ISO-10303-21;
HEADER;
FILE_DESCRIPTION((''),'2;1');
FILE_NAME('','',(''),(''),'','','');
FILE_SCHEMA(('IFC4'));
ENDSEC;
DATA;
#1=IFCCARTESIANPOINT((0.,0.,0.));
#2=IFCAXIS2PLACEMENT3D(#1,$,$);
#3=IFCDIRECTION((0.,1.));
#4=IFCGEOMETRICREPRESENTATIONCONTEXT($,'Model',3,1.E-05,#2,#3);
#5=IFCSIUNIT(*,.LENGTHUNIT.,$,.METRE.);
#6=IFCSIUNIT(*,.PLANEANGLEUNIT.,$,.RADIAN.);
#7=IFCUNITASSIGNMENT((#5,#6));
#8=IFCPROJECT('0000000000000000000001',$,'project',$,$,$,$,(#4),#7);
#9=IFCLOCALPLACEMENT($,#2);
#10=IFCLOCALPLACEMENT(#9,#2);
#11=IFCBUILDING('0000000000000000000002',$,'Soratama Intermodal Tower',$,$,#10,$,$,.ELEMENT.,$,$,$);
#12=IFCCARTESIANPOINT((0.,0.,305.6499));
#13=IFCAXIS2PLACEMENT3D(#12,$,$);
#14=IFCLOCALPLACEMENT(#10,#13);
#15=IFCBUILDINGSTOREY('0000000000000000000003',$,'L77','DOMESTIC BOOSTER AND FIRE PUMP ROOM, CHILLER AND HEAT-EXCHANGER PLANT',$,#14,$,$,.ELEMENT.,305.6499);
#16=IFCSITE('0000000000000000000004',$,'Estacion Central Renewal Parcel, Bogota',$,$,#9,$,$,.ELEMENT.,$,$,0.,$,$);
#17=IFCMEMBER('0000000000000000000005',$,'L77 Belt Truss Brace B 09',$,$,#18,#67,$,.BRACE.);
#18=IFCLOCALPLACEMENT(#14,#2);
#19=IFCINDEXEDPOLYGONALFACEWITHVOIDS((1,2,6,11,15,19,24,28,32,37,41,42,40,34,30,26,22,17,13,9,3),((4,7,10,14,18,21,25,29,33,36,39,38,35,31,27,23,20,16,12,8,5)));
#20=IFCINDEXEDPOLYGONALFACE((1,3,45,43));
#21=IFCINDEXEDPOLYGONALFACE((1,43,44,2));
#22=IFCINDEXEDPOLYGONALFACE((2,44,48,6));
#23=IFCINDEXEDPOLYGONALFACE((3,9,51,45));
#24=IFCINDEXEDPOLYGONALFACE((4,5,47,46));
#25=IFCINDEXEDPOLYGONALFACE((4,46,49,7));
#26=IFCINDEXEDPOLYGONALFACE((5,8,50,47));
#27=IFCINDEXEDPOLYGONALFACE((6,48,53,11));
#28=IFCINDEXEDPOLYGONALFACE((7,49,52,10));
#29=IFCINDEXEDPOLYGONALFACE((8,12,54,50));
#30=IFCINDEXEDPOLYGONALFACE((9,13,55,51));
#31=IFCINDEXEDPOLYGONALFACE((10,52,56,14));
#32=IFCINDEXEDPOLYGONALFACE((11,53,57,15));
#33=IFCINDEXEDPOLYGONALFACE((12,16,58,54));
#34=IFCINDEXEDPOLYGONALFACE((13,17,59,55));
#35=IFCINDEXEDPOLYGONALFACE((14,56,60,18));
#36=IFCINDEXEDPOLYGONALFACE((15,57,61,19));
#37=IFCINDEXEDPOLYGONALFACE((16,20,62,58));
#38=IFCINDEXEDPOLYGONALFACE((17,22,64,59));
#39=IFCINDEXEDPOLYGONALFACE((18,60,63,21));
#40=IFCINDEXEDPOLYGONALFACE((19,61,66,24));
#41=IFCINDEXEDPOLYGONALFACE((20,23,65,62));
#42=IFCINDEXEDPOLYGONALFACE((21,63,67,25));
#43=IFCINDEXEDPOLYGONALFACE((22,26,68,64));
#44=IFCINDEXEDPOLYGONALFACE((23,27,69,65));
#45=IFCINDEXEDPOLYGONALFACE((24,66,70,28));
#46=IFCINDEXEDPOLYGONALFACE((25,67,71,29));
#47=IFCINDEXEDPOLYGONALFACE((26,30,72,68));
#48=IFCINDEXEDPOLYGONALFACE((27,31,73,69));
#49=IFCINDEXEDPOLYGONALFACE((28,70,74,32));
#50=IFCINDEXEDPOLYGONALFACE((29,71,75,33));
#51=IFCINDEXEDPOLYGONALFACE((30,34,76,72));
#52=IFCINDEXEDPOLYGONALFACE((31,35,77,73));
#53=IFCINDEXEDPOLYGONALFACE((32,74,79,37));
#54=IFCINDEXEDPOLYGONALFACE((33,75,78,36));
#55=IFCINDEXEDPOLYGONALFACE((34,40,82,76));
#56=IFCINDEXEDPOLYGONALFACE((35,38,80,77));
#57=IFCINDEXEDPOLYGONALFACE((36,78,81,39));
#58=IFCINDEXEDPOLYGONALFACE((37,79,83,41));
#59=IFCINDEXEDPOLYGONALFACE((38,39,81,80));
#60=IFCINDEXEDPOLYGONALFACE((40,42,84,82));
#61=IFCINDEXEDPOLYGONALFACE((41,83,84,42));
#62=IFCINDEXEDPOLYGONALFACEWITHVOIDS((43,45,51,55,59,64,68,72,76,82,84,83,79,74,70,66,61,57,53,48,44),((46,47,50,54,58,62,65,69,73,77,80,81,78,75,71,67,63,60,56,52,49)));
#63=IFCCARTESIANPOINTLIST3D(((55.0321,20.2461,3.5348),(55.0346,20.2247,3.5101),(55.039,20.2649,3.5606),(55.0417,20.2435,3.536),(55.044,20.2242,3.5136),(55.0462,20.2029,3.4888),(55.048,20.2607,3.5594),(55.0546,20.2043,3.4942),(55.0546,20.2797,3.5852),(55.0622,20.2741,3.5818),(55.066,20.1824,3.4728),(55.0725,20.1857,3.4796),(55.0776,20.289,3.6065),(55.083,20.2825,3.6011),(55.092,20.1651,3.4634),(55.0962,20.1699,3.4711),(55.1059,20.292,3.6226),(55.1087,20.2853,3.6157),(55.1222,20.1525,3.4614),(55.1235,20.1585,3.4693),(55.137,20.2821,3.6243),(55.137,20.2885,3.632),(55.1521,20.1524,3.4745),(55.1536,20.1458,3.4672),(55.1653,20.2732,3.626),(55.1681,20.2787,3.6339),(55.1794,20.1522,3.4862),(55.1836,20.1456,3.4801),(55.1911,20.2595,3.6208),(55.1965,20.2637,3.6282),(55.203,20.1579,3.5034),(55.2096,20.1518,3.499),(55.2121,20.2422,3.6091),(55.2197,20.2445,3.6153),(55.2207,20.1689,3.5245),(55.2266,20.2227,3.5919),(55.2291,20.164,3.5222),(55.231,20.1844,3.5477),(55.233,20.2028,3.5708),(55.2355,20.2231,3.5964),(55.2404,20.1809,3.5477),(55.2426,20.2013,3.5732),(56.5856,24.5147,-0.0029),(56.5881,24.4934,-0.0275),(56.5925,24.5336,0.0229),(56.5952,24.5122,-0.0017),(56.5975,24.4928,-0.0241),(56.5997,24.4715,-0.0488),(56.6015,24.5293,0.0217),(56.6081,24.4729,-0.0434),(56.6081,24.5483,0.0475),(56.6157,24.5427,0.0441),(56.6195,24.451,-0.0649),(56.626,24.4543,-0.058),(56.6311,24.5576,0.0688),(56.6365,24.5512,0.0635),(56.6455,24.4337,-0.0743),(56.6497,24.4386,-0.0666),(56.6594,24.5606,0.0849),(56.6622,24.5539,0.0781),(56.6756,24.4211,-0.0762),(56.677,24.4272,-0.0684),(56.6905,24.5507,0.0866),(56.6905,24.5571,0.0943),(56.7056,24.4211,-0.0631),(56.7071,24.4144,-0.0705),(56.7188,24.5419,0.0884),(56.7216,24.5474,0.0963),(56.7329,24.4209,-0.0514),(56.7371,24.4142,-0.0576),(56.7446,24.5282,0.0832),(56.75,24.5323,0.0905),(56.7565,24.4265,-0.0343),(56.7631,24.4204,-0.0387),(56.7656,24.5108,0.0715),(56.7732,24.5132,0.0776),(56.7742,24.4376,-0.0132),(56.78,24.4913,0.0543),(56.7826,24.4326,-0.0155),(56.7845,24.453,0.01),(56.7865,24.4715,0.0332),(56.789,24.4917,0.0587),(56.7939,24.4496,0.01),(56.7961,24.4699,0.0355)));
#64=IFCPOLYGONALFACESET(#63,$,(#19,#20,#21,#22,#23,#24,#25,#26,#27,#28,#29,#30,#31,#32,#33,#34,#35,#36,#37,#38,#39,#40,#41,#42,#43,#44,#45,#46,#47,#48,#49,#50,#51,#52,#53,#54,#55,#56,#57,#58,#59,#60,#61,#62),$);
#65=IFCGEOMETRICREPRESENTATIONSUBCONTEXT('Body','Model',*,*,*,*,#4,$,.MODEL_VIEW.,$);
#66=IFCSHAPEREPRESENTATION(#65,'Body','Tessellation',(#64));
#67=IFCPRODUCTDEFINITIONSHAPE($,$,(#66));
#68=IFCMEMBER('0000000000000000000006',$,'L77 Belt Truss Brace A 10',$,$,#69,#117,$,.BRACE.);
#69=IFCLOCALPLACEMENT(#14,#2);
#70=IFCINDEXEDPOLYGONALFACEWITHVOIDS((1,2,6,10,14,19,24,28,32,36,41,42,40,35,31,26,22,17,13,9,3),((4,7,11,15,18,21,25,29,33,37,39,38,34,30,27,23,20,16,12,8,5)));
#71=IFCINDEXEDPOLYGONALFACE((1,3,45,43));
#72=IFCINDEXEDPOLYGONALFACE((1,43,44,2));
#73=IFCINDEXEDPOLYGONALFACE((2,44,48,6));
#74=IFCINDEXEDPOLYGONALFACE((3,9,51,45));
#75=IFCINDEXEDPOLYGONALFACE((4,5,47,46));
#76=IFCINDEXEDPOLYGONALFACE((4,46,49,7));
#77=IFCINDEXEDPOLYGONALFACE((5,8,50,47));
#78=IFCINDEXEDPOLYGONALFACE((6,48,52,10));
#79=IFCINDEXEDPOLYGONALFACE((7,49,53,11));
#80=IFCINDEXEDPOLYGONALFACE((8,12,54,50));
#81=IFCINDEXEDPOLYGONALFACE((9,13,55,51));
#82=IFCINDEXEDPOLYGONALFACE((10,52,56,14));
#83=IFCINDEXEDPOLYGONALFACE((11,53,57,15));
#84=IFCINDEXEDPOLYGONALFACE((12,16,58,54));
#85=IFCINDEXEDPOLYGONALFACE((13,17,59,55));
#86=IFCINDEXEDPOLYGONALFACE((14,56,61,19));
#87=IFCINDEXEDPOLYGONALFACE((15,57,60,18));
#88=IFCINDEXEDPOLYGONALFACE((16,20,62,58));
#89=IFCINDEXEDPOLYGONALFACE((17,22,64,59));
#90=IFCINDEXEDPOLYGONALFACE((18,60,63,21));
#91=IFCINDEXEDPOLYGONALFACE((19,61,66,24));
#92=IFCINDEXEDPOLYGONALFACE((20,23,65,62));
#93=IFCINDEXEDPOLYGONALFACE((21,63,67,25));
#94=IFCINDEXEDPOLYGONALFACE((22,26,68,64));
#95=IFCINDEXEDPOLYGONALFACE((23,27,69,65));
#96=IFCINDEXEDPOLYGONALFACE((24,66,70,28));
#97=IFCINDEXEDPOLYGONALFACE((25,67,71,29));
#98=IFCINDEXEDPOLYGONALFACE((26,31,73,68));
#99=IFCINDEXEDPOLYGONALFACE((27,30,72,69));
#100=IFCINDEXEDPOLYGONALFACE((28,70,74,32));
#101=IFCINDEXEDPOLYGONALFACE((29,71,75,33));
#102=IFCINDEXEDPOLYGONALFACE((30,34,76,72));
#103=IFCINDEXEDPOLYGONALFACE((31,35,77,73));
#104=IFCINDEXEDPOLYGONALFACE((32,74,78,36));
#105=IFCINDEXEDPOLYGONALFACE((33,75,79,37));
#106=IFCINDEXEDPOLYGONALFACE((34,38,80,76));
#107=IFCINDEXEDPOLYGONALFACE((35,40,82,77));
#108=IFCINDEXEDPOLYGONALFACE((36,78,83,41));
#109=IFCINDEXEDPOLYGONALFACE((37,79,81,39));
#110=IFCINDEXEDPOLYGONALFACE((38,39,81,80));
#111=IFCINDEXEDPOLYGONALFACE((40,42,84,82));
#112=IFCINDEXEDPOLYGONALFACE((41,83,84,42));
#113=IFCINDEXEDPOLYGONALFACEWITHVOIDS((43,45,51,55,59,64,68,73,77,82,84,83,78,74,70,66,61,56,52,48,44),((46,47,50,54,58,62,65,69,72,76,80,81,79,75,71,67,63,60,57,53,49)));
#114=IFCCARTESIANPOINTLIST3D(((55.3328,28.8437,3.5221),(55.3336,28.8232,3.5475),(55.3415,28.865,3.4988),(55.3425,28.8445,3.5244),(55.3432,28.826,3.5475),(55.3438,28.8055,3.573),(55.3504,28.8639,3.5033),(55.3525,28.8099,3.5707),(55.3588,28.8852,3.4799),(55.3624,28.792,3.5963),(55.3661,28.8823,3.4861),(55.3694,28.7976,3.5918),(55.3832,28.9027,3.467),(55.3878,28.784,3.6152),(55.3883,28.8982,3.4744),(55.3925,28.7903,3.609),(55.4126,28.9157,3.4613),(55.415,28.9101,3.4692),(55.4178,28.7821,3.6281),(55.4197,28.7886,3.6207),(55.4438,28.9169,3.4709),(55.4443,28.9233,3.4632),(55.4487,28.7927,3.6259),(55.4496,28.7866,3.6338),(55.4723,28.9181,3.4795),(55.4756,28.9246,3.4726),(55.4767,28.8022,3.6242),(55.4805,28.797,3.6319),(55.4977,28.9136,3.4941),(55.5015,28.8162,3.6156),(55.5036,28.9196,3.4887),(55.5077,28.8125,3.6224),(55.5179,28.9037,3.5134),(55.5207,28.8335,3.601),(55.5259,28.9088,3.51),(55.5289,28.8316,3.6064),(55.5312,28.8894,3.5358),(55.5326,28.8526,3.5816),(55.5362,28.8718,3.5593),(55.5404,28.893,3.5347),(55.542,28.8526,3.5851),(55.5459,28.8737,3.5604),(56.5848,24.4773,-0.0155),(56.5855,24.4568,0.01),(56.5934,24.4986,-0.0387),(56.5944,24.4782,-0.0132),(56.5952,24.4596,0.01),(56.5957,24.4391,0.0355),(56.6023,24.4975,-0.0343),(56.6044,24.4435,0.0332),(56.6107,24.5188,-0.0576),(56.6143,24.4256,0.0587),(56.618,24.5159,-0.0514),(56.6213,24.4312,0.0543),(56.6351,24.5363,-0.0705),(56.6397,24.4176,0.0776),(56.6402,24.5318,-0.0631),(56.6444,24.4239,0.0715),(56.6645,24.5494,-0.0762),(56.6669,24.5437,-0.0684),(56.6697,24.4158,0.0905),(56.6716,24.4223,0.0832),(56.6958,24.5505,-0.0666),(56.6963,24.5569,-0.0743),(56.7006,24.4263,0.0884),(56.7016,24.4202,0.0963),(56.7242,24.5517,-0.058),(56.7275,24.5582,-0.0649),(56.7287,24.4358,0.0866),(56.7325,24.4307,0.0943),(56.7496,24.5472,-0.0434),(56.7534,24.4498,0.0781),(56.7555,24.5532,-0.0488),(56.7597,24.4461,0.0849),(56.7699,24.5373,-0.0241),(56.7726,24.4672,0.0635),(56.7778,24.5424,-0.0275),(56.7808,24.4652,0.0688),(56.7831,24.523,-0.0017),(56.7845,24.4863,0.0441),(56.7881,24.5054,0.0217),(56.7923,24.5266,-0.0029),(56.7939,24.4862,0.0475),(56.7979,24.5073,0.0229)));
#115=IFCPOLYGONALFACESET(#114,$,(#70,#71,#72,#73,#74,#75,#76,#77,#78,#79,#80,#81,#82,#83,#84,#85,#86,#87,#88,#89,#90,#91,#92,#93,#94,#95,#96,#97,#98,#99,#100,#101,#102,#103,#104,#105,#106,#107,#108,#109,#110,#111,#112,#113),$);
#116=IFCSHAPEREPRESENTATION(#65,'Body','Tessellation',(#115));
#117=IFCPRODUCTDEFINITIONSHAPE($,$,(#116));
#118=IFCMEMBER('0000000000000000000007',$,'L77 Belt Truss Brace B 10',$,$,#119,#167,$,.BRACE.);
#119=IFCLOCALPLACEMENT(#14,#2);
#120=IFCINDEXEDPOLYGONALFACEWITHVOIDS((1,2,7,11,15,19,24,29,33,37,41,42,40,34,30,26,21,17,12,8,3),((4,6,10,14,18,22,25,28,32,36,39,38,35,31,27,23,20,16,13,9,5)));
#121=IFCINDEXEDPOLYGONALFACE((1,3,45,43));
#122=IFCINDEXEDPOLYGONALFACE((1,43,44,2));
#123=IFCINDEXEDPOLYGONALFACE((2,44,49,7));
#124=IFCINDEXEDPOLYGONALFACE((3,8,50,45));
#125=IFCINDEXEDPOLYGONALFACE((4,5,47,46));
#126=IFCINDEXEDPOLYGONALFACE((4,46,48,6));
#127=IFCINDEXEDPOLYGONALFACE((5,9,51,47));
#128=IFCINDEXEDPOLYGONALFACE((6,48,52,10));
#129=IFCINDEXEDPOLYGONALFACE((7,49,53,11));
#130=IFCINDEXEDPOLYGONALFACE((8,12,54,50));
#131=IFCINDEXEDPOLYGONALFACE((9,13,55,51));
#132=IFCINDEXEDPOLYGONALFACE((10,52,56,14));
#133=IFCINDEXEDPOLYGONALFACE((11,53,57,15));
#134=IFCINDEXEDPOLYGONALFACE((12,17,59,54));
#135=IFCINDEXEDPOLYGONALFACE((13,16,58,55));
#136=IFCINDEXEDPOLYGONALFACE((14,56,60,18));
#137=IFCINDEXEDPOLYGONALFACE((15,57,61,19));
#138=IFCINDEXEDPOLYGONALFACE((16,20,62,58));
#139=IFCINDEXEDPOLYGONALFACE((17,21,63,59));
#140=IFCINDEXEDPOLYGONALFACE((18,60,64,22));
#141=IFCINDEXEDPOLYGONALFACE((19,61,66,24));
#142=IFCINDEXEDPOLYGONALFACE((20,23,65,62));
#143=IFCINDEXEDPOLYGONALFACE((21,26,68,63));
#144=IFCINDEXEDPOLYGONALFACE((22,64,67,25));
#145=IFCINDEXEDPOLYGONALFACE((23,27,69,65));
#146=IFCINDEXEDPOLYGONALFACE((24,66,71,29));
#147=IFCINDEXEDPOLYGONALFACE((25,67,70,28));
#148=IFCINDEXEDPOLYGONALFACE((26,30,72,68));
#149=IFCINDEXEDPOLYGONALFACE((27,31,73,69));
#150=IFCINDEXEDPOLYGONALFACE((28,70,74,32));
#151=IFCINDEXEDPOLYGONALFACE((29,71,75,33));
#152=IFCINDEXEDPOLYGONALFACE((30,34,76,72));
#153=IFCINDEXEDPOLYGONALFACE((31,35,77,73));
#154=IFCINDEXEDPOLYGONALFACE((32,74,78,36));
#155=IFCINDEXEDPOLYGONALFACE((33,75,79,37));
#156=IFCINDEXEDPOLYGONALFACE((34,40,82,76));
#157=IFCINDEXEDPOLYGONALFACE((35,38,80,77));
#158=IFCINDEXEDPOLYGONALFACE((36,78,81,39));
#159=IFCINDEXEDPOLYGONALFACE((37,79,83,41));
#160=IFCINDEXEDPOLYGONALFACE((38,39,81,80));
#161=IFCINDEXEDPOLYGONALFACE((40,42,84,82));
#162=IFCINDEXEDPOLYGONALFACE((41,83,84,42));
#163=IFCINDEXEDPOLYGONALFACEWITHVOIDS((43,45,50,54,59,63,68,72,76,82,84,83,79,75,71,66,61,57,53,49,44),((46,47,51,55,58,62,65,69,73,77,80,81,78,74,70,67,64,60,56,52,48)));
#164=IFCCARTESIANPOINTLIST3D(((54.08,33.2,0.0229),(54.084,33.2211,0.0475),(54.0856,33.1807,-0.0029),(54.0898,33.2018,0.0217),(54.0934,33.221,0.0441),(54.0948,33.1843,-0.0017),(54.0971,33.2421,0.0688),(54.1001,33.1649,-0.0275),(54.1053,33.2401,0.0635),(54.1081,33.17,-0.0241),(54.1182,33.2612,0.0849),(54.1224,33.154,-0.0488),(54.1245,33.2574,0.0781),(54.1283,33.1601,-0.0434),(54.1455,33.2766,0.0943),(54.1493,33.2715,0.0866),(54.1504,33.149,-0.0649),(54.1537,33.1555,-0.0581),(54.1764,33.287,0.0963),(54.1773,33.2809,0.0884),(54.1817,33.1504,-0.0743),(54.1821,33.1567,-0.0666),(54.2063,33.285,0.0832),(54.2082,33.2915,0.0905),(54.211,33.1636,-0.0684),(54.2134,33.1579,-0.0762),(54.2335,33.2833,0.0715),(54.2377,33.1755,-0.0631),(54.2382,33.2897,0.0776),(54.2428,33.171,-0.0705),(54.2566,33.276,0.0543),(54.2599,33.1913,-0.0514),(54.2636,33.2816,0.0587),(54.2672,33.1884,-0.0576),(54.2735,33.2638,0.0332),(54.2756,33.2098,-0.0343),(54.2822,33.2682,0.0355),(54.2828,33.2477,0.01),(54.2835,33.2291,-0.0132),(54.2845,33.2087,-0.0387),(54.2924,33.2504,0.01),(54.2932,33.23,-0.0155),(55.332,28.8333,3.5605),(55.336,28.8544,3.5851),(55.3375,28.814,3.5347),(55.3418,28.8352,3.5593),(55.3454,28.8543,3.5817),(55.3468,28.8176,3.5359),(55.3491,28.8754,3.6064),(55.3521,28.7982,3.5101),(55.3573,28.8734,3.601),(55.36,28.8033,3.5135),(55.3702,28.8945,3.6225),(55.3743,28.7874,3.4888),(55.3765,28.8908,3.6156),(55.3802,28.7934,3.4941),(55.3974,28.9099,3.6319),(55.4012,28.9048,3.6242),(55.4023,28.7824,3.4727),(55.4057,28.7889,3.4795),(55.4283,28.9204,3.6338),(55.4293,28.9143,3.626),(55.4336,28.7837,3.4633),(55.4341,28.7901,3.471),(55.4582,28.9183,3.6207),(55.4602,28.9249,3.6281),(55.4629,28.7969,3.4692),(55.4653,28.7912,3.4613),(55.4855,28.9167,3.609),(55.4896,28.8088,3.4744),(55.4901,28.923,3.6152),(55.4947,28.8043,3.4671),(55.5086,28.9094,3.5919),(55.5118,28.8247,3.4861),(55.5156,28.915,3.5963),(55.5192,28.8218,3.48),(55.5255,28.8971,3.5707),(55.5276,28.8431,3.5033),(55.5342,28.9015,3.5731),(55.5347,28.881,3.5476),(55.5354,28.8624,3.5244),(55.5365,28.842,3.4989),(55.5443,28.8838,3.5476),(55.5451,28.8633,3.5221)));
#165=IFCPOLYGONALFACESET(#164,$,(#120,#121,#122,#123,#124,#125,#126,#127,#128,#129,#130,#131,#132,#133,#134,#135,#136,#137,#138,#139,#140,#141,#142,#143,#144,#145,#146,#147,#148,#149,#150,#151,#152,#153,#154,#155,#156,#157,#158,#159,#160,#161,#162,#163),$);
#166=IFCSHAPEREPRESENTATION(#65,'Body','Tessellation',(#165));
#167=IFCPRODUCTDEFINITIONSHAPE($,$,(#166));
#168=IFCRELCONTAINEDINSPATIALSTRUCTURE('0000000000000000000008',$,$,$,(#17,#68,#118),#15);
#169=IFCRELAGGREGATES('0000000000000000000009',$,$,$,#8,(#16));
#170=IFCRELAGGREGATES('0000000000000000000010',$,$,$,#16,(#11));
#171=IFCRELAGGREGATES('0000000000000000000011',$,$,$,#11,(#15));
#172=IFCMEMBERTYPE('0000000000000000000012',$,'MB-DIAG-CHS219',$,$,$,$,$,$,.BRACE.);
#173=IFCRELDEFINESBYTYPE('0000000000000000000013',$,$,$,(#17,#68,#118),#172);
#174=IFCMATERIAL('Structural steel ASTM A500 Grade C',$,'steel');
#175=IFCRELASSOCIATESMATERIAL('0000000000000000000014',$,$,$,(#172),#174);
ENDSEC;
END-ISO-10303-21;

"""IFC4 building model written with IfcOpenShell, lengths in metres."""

from ifc_helpers import new_model, si_unit, direction, frame, origin, origin_2d, place, context, subcontext, project, spatial, hollow_circle, extrude, material, material_profile, profile_set, type_object, element, save


model = new_model("IFC4")

# Units and contexts
model_context = context("Model", 3, precision=1e-05, world=origin(), true_north=direction((0.0, 1.0)))
body_context = subcontext(model_context, "Body", "Model", "MODEL_VIEW")
ifc_project = project(units=[si_unit("LENGTHUNIT", "METRE"), si_unit("PLANEANGLEUNIT", "RADIAN")], contexts=[model_context])

# Site, building, storey
site_placement = place(None, origin())
site = spatial("IfcSite", under=ifc_project, at=site_placement, Name="Estacion Central Renewal Parcel, Bogota", CompositionType="ELEMENT", RefElevation=0.0)
building_placement = place(site_placement, origin())
building = spatial("IfcBuilding", under=site, at=building_placement, Name="Soratama Intermodal Tower", CompositionType="ELEMENT")
storey_placement = place(building_placement, frame((0.0, 0.0, 305.6499)))
storey = spatial("IfcBuildingStorey", under=building, at=storey_placement, Name="L77", Description="DOMESTIC BOOSTER AND FIRE PUMP ROOM, CHILLER AND HEAT-EXCHANGER PLANT", CompositionType="ELEMENT", Elevation=305.6499)

# Members
ifc_material_1 = material(Name="Structural steel ASTM A500 Grade C", Category="steel")
ifc_material_profile_1 = material_profile(ifc_material_1, hollow_circle(Radius=0.1096, WallThickness=0.01, at=origin_2d()), Name="CHS219X10")
ifc_profile_set_1 = profile_set([ifc_material_profile_1], Name="Structural steel ASTM A500 Grade C")
member_type_1 = type_object("IfcMemberType", Name="MB-DIAG-CHS219", PredefinedType="BRACE", material=ifc_profile_set_1)
for number, where, z_axis, x_axis, name in (
    (1, (56.6909, 24.4871, 0.01), (-0.269818, -0.741395, 0.614437), (0.939704, -0.341989, 0.0), "L77 Belt Truss Brace B 09"),
):
    element("IfcMember", number, at=place(storey_placement, frame(where, z_axis=z_axis, x_axis=x_axis)), inside=storey, type_object=member_type_1, Name=name, PredefinedType="BRACE", context=body_context, shape_type="SweptSolid", body=[
        extrude(hollow_circle(Radius=0.1096, WallThickness=0.01, at=origin_2d()), origin(), (0.0, 0.0, 1.0), 5.7576),
    ])
member_1_placement = place(storey_placement, frame((56.6909, 24.4871, 0.01), z_axis=(-0.21745, 0.758404, 0.614441), x_axis=(-0.961268, -0.275615, 0.0)))
element("IfcMember", 2, at=member_1_placement, inside=storey, type_object=member_type_1, Name="L77 Belt Truss Brace A 10", PredefinedType="BRACE", context=body_context, shape_type="SweptSolid", body=[
    extrude(hollow_circle(Radius=0.1096, WallThickness=0.01, at=origin_2d()), origin(), (0.0, 0.0, 1.0), 5.7573),
])
member_2_placement = place(storey_placement, frame((54.187, 33.2202, 0.01), z_axis=(0.217443, -0.758423, 0.614421), x_axis=(0.961272, 0.275601, 0.0)))
element("IfcMember", 3, at=member_2_placement, inside=storey, type_object=member_type_1, Name="L77 Belt Truss Brace B 10", PredefinedType="BRACE", context=body_context, shape_type="SweptSolid", body=[
    extrude(hollow_circle(Radius=0.1096, WallThickness=0.01, at=origin_2d()), origin(), (0.0, 0.0, 1.0), 5.7576),
])

save(model, "model.ifc")
